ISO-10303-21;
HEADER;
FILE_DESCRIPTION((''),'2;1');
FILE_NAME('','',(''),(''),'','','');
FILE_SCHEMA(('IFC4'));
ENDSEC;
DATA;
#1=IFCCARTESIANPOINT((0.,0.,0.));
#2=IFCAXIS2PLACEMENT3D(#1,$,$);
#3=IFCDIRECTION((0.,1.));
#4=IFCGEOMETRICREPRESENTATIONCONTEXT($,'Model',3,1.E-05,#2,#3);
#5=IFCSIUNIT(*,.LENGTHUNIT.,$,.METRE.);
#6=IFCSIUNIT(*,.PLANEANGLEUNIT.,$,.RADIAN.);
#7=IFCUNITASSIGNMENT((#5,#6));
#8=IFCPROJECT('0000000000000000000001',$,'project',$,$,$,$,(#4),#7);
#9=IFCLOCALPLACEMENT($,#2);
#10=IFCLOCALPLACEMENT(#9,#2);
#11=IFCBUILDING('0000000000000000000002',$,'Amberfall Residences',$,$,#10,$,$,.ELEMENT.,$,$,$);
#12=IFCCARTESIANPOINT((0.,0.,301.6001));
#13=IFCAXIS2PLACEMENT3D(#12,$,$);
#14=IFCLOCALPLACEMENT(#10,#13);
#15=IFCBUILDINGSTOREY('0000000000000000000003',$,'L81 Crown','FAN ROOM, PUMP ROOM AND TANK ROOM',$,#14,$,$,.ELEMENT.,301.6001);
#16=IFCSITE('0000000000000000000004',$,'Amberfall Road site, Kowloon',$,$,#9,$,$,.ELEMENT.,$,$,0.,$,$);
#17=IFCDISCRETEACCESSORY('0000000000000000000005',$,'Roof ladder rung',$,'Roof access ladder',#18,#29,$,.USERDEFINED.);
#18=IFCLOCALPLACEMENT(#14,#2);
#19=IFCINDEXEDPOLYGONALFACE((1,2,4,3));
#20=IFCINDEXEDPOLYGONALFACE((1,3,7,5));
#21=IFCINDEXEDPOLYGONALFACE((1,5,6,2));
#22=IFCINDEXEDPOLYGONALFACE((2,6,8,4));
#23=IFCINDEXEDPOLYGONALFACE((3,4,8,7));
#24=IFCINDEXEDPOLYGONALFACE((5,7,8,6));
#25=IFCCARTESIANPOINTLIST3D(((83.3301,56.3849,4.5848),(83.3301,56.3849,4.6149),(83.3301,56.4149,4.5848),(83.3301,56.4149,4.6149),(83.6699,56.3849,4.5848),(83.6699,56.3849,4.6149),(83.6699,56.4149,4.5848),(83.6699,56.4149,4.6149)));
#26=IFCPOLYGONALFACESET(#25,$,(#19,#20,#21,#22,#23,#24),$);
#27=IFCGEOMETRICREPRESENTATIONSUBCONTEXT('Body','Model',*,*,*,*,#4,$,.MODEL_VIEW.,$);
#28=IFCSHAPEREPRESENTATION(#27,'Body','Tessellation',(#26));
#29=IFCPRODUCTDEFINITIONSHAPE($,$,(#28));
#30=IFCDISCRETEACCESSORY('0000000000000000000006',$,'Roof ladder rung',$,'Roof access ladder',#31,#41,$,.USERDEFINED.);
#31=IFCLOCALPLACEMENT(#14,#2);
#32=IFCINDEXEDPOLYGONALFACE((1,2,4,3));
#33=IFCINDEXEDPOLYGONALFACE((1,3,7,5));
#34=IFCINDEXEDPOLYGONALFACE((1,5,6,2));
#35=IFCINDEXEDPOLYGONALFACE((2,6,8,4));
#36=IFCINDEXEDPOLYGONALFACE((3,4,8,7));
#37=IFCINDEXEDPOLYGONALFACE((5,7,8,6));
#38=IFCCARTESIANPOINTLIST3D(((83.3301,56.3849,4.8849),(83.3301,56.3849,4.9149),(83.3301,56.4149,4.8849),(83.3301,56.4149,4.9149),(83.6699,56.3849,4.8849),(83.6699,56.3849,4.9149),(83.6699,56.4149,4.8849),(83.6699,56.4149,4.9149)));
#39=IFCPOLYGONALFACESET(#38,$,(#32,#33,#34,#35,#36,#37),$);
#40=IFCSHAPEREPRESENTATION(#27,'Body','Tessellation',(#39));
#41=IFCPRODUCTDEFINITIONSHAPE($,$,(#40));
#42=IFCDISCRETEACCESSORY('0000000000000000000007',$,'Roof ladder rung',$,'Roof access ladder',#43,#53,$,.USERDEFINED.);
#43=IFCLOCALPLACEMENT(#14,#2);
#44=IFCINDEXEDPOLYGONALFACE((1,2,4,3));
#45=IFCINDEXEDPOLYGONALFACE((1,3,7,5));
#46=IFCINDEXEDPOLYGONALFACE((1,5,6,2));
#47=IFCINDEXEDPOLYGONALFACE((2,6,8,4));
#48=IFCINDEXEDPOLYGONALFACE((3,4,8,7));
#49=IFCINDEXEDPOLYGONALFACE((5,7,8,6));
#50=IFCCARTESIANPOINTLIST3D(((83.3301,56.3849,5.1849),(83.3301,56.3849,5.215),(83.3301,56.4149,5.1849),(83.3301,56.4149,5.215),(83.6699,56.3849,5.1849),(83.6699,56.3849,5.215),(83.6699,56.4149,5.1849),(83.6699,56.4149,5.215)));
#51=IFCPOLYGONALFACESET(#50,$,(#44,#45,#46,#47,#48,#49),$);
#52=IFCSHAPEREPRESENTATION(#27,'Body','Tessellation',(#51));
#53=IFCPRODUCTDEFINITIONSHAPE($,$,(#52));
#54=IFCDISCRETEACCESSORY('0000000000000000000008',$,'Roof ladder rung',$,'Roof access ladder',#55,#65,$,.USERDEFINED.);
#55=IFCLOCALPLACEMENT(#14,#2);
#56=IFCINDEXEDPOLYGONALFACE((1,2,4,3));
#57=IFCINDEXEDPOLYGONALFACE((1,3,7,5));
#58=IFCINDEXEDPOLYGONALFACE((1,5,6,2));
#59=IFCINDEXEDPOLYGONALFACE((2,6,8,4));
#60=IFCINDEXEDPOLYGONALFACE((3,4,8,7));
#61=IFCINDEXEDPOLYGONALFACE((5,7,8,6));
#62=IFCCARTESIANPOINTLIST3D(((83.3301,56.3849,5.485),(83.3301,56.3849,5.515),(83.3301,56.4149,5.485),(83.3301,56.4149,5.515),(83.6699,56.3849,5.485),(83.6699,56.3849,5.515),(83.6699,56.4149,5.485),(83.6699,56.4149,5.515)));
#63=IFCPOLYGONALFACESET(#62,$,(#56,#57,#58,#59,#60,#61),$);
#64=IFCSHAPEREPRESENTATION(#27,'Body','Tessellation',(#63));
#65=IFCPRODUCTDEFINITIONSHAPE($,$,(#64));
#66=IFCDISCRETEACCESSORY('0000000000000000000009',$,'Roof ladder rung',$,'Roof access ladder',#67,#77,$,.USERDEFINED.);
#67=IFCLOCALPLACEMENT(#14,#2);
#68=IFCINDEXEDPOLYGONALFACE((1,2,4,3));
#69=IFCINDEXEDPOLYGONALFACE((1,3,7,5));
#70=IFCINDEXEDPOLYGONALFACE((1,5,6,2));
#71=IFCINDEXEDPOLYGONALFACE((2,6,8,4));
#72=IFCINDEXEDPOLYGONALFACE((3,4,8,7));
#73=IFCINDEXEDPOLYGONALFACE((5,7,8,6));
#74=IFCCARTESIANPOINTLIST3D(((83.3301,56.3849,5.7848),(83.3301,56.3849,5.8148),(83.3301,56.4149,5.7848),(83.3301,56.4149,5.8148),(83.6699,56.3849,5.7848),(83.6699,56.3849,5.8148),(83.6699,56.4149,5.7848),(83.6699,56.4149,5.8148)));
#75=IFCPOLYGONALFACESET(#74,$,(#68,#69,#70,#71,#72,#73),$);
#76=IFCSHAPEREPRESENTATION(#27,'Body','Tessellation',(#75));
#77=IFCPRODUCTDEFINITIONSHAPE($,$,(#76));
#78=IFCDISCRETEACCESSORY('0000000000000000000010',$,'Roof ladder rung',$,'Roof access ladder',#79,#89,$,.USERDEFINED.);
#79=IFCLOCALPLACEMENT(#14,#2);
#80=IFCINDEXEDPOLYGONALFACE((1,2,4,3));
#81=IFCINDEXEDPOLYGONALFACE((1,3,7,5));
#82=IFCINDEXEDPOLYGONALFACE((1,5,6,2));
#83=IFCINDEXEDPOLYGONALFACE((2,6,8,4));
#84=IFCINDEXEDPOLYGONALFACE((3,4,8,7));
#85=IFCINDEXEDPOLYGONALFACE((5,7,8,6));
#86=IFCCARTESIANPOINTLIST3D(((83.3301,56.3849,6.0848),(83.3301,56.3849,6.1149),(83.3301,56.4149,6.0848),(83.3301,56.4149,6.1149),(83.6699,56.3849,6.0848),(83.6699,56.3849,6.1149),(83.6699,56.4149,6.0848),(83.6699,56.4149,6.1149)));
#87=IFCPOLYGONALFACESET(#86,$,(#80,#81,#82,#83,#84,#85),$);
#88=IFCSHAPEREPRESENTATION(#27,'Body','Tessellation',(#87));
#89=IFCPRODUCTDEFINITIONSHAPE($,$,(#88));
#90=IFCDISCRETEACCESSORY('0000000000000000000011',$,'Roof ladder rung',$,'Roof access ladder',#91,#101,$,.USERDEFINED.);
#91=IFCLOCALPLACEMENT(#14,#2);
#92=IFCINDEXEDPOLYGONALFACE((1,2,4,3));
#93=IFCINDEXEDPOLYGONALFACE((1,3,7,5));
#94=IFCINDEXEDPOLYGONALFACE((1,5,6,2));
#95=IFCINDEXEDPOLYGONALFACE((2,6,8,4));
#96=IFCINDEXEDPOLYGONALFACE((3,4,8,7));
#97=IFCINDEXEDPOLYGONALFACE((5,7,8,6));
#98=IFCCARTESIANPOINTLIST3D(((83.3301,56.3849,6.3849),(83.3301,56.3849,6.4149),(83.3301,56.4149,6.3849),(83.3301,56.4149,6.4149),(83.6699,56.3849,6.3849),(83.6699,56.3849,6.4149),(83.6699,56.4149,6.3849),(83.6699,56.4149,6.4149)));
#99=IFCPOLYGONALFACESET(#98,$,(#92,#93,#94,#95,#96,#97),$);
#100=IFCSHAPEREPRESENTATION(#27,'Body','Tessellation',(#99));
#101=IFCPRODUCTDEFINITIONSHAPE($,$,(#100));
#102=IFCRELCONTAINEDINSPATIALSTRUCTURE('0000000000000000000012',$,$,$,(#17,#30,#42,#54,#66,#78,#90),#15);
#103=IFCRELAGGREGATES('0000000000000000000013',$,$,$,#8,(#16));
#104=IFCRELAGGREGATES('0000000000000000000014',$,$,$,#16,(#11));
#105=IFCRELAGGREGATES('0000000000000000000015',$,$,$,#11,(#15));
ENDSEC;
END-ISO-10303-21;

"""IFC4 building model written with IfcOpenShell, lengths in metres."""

from ifc_helpers import new_model, si_unit, direction, frame, origin, origin_2d, place, context, subcontext, project, spatial, rectangle, extrude, element, save


model = new_model("IFC4")

# Units and contexts
model_context = context("Model", 3, precision=1e-05, world=origin(), true_north=direction((0.0, 1.0)))
body_context = subcontext(model_context, "Body", "Model", "MODEL_VIEW")
ifc_project = project(units=[si_unit("LENGTHUNIT", "METRE"), si_unit("PLANEANGLEUNIT", "RADIAN")], contexts=[model_context])

# Site, building, storey
site_placement = place(None, origin())
site = spatial("IfcSite", under=ifc_project, at=site_placement, Name="Amberfall Road site, Kowloon", CompositionType="ELEMENT", RefElevation=0.0)
building_placement = place(site_placement, origin())
building = spatial("IfcBuilding", under=site, at=building_placement, Name="Amberfall Residences", CompositionType="ELEMENT")
storey_placement = place(building_placement, frame((0.0, 0.0, 301.6001)))
storey = spatial("IfcBuildingStorey", under=building, at=storey_placement, Name="L81 Crown", Description="FAN ROOM, PUMP ROOM AND TANK ROOM", CompositionType="ELEMENT", Elevation=301.6001)

# Discrete accessories
for number, where, z_axis, x_axis, name in (
    (1, (83.3301, 56.3999, 4.5999), (1.0, 0.0, 0.0), (0.0, 1.0, 0.0), "Roof ladder rung"),
    (2, (83.3301, 56.3999, 4.8999), (1.0, 0.0, 0.0), (0.0, 1.0, 0.0), "Roof ladder rung"),
    (3, (83.3301, 56.3999, 5.2), (1.0, 0.0, 0.0), (0.0, 1.0, 0.0), "Roof ladder rung"),
    (4, (83.3301, 56.3999, 5.5), (1.0, 0.0, 0.0), (0.0, 1.0, 0.0), "Roof ladder rung"),
    (5, (83.3301, 56.3999, 5.7998), (1.0, 0.0, 0.0), (0.0, 1.0, 0.0), "Roof ladder rung"),
    (6, (83.3301, 56.3999, 6.0999), (1.0, 0.0, 0.0), (0.0, 1.0, 0.0), "Roof ladder rung"),
    (7, (83.3301, 56.3999, 6.3999), (1.0, 0.0, 0.0), (0.0, 1.0, 0.0), "Roof ladder rung"),
):
    element("IfcDiscreteAccessory", number, at=place(storey_placement, frame(where, z_axis=z_axis, x_axis=x_axis)), inside=storey, Name=name, ObjectType="Roof access ladder", PredefinedType="USERDEFINED", context=body_context, shape_type="SweptSolid", body=[
        extrude(rectangle(XDim=0.03, YDim=0.03, at=origin_2d()), origin(), (0.0, 0.0, 1.0), 0.3398),
    ])

save(model, "model.ifc")
